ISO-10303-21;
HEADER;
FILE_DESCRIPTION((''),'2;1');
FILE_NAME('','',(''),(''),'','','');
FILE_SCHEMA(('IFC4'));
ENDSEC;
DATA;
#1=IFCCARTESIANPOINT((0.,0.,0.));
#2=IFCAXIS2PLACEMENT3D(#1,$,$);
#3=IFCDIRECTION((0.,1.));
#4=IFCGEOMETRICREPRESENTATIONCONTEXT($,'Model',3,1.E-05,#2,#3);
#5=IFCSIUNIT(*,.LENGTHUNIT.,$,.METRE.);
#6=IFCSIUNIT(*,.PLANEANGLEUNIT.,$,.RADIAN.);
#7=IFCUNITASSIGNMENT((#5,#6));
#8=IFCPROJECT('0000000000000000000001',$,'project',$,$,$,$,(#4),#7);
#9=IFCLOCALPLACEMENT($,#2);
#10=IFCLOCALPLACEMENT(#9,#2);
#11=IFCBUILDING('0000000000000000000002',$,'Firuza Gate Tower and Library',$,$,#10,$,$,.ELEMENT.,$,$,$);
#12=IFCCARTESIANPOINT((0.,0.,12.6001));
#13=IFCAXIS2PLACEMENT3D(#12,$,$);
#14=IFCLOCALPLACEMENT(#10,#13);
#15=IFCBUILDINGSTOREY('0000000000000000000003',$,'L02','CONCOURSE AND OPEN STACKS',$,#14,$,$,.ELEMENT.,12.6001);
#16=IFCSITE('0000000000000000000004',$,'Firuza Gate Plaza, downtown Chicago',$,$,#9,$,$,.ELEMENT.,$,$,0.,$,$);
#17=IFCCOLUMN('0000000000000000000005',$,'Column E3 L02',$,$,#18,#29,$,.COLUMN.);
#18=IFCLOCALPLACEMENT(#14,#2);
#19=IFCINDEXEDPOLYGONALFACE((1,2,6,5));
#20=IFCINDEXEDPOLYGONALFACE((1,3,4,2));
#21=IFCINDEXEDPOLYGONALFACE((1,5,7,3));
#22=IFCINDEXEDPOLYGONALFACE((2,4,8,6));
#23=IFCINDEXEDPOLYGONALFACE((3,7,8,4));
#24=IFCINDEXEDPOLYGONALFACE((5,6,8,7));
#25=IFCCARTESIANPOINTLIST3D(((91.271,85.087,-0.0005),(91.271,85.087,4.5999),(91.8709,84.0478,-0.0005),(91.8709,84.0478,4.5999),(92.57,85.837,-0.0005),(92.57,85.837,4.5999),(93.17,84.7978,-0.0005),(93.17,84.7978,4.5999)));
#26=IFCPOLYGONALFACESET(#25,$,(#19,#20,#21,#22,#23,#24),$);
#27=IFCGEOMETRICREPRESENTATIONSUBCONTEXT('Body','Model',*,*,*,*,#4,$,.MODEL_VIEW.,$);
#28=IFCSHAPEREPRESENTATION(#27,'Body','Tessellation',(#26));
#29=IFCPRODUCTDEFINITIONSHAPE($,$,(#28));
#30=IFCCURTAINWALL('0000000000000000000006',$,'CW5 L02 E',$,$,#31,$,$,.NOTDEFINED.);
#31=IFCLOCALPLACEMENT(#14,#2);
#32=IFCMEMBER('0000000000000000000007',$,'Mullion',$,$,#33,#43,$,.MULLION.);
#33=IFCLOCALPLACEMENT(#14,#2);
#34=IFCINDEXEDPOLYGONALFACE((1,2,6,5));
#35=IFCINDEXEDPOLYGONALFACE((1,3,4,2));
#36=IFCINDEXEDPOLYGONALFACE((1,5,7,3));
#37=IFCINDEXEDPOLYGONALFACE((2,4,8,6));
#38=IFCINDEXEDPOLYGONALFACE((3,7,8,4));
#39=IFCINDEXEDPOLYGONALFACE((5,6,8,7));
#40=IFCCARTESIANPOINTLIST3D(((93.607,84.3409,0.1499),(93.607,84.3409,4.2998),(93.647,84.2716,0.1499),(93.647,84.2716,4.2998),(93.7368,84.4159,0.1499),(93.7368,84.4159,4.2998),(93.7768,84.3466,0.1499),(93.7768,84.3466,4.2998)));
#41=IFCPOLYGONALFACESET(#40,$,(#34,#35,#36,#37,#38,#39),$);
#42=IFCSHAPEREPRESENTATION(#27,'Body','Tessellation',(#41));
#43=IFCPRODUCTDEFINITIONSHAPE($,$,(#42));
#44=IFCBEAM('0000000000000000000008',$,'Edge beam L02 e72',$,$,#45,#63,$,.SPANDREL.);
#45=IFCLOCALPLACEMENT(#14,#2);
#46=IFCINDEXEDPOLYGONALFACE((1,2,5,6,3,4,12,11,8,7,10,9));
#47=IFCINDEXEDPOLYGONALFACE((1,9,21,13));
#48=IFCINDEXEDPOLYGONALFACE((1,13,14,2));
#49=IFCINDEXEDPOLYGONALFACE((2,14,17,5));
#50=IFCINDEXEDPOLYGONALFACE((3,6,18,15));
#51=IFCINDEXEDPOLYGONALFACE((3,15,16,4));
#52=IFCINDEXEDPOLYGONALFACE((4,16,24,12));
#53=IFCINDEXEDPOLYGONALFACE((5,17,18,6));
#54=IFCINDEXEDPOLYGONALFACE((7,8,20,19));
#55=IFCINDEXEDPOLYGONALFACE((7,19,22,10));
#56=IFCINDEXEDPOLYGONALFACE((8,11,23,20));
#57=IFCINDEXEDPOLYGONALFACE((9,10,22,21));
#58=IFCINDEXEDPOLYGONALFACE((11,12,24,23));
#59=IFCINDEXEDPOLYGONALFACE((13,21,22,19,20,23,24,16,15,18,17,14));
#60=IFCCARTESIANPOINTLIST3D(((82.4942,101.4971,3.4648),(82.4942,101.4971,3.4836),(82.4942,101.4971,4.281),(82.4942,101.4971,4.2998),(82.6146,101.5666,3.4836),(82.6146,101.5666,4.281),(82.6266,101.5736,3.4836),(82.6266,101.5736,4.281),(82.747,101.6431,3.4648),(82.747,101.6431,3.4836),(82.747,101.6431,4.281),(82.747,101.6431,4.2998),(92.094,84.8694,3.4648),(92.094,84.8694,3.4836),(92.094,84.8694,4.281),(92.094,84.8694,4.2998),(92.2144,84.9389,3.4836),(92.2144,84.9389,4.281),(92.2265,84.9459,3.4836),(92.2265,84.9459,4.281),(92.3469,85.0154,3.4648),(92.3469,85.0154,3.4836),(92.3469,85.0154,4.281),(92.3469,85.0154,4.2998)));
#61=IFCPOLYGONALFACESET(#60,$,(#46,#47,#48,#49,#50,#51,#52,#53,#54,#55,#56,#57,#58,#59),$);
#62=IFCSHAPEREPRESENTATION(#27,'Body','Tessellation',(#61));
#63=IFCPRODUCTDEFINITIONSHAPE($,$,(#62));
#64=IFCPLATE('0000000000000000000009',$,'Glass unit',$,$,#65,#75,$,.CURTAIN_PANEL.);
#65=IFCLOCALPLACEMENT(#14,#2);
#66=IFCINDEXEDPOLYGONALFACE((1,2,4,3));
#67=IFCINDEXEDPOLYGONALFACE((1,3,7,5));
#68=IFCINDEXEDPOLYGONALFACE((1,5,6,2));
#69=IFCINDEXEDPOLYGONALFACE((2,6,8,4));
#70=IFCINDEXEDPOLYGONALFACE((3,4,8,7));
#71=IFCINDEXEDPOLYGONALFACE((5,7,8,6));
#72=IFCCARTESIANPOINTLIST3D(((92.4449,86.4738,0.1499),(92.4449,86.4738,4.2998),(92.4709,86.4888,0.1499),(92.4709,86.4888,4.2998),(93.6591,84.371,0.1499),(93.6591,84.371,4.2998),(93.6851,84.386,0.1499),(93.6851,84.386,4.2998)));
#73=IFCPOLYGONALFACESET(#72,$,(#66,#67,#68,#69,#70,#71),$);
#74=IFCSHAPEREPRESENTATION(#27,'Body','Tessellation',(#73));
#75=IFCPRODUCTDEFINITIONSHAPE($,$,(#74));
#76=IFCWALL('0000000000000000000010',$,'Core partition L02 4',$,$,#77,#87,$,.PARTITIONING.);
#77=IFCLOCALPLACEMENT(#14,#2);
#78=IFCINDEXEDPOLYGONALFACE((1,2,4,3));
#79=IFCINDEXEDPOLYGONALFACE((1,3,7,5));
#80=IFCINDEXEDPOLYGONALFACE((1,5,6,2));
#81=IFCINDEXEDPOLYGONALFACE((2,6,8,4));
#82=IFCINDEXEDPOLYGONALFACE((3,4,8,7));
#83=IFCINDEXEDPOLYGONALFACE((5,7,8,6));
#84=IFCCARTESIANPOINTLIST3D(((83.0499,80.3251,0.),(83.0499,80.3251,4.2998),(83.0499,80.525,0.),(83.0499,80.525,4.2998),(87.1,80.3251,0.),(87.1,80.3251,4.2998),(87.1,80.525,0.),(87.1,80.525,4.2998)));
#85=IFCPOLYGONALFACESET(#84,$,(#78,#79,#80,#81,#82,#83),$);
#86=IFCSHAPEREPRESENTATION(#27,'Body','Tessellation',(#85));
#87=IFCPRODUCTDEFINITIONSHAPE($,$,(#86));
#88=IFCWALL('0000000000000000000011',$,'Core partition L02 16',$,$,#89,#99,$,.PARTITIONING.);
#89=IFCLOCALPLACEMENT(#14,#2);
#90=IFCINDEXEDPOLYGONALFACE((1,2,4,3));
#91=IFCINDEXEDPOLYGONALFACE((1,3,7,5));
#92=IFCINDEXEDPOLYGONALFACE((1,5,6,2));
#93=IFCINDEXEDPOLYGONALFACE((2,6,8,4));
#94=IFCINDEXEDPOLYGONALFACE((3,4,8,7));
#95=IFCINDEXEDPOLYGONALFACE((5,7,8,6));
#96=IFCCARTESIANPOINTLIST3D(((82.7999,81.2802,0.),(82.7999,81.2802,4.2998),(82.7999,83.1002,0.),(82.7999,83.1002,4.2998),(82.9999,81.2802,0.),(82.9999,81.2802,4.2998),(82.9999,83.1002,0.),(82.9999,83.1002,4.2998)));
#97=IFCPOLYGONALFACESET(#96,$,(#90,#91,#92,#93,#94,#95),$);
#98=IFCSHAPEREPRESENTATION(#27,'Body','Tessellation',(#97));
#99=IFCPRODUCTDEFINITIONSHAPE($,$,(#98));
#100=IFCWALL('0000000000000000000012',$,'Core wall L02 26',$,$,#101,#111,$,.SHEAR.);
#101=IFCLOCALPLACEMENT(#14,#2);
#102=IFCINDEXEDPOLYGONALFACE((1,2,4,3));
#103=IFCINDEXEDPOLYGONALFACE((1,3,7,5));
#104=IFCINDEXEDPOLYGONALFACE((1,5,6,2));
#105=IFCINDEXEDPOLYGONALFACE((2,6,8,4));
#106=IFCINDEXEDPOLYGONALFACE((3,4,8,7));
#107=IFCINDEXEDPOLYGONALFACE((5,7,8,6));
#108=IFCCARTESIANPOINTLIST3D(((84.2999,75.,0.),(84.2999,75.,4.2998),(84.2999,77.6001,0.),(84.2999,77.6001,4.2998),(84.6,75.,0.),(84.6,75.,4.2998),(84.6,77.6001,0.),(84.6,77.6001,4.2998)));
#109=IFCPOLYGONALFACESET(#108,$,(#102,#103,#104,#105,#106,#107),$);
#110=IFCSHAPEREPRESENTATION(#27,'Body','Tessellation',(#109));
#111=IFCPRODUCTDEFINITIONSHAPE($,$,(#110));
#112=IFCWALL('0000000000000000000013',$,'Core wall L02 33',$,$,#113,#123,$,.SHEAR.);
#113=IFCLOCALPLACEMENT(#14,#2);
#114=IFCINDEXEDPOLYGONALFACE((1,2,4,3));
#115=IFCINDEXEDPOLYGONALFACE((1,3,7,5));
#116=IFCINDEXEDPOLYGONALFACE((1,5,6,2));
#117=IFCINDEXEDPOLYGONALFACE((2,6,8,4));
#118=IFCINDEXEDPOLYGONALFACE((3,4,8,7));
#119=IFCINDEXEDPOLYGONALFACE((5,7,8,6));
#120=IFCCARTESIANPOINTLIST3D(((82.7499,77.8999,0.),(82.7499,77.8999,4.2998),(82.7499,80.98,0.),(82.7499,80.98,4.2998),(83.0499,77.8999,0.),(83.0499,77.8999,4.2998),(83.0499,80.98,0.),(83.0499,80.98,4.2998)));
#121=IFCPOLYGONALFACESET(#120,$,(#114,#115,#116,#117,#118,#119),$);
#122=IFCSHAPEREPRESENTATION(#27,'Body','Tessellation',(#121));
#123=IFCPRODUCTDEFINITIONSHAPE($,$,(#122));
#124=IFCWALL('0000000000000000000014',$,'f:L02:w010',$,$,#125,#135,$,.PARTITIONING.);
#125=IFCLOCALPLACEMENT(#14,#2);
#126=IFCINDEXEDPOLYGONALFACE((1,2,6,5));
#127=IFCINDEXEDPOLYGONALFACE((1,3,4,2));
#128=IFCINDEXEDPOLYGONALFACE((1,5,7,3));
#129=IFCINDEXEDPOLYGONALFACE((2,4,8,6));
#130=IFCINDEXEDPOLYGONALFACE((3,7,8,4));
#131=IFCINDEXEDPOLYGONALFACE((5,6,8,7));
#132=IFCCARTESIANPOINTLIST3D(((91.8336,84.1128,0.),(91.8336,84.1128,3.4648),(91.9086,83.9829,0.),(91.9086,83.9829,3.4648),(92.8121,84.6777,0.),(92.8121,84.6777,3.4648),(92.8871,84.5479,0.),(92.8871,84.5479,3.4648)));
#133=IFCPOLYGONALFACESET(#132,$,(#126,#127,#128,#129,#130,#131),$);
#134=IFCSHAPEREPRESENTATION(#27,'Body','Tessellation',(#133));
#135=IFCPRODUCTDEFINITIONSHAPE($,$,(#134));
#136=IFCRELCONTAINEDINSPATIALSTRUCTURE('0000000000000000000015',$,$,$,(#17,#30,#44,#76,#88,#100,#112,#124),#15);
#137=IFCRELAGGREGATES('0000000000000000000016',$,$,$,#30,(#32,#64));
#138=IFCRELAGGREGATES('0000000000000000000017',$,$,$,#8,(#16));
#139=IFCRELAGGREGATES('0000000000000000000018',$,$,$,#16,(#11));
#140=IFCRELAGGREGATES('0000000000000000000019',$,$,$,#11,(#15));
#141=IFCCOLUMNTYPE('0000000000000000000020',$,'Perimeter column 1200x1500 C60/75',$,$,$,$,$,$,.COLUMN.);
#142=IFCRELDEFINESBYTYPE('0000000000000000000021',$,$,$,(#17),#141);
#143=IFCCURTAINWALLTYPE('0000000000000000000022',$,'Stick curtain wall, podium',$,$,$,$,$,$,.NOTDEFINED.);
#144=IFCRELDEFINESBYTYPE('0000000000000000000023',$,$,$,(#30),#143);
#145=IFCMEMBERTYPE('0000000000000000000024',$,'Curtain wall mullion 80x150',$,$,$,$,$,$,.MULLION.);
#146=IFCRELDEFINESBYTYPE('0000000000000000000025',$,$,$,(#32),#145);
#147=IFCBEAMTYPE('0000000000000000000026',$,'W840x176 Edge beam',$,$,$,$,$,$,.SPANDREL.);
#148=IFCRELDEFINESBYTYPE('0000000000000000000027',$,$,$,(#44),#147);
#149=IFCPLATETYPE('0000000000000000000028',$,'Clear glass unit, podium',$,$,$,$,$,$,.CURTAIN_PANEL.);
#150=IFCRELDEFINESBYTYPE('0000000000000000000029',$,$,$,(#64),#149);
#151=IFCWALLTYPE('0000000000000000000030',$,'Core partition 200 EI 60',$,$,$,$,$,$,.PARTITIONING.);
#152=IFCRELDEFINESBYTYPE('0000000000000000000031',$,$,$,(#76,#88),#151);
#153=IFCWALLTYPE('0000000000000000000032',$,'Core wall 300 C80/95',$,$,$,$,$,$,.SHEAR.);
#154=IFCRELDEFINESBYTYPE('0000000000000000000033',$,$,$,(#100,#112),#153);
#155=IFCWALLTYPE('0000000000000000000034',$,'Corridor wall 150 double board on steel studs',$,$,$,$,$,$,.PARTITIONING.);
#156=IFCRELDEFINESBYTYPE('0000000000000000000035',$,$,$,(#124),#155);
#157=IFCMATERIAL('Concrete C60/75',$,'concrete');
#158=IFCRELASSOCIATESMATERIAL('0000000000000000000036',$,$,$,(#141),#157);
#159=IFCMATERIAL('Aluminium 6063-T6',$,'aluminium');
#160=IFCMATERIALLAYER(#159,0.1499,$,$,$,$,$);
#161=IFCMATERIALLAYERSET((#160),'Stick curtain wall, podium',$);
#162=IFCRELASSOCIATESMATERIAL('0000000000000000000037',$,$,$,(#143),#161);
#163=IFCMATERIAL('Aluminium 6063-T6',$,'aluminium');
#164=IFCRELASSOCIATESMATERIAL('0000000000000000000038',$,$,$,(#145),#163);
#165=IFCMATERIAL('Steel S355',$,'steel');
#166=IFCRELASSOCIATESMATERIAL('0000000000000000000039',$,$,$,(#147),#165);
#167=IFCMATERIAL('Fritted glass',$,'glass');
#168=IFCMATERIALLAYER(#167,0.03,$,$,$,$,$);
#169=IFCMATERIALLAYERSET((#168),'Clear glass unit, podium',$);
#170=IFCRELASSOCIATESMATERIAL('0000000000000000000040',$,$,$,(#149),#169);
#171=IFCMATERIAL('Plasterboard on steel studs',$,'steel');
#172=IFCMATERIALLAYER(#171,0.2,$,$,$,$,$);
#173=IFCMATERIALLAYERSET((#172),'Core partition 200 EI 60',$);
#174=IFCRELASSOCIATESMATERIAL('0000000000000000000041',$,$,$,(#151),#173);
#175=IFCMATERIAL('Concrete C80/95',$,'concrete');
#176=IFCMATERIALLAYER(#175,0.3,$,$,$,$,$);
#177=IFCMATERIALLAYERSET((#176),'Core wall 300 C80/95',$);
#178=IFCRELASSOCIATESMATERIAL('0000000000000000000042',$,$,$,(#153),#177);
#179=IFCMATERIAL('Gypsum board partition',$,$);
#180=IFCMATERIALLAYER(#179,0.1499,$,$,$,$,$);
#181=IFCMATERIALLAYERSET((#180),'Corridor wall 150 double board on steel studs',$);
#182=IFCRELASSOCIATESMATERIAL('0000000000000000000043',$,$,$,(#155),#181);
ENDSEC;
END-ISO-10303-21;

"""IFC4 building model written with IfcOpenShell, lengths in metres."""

from ifc_helpers import new_model, si_unit, direction, frame, frame_2d, origin, origin_2d, place, context, subcontext, project, spatial, polyline, rectangle, i_section, outline, extrude, material, layer, layer_set, material_profile, profile_set, type_object, element, aggregate, save


model = new_model("IFC4")

# Units and contexts
model_context = context("Model", 3, precision=1e-05, world=origin(), true_north=direction((0.0, 1.0)))
body_context = subcontext(model_context, "Body", "Model", "MODEL_VIEW")
ifc_project = project(units=[si_unit("LENGTHUNIT", "METRE"), si_unit("PLANEANGLEUNIT", "RADIAN")], contexts=[model_context])

# Site, building, storey
site_placement = place(None, origin())
site = spatial("IfcSite", under=ifc_project, at=site_placement, Name="Firuza Gate Plaza, downtown Chicago", CompositionType="ELEMENT", RefElevation=0.0)
building_placement = place(site_placement, origin())
building = spatial("IfcBuilding", under=site, at=building_placement, Name="Firuza Gate Tower and Library", CompositionType="ELEMENT")
storey_placement = place(building_placement, frame((0.0, 0.0, 12.6001)))
storey = spatial("IfcBuildingStorey", under=building, at=storey_placement, Name="L02", Description="CONCOURSE AND OPEN STACKS", CompositionType="ELEMENT", Elevation=12.6001)

# Column
ifc_material_1 = material(Name="Concrete C60/75", Category="concrete")
ifc_material_profile_1 = material_profile(ifc_material_1, rectangle(XDim=1.2, YDim=1.5, at=origin_2d()))
ifc_profile_set_1 = profile_set([ifc_material_profile_1], Name="Concrete C60/75")
column_type = type_object("IfcColumnType", Name="Perimeter column 1200x1500 C60/75", PredefinedType="COLUMN", material=ifc_profile_set_1)
column_placement = place(storey_placement, frame((92.2205, 84.9424, -0.0005), z_axis=(0.0, 0.0, 1.0), x_axis=(-0.5, 0.866025, 0.0)))
element("IfcColumn", 1, at=column_placement, inside=storey, type_object=column_type, Name="Column E3 L02", PredefinedType="COLUMN", context=body_context, shape_type="SweptSolid", body=[
    extrude(rectangle(XDim=1.2, YDim=1.5, at=origin_2d()), origin(), (0.0, 0.0, 1.0), 4.6003),
])

# Curtain wall, member
ifc_material_2 = material(Name="Aluminium 6063-T6", Category="aluminium")
ifc_layer_1 = layer(ifc_material_2, 0.1499)
ifc_layer_set_1 = layer_set([ifc_layer_1], Name="Stick curtain wall, podium")
curtain_wall_type = type_object("IfcCurtainWallType", Name="Stick curtain wall, podium", PredefinedType="NOTDEFINED", material=ifc_layer_set_1)
curtain_wall_placement = place(storey_placement, origin())
curtain_wall = element("IfcCurtainWall", 2, at=curtain_wall_placement, inside=storey, type_object=curtain_wall_type, Name="CW5 L02 E", PredefinedType="NOTDEFINED")
ifc_material_3 = material(Name="Aluminium 6063-T6", Category="aluminium")
ifc_material_profile_2 = material_profile(ifc_material_3, rectangle(XDim=0.1499, YDim=0.0801, at=origin_2d()))
ifc_profile_set_2 = profile_set([ifc_material_profile_2], Name="Aluminium 6063-T6")
member_type = type_object("IfcMemberType", Name="Curtain wall mullion 80x150", PredefinedType="MULLION", material=ifc_profile_set_2)
member_placement = place(storey_placement, frame((93.6919, 84.3438, 0.1499), z_axis=(0.0, 0.0, 1.0), x_axis=(-0.866025, -0.5, 0.0)))
member = element("IfcMember", 3, at=member_placement, type_object=member_type, Name="Mullion", PredefinedType="MULLION", context=body_context, shape_type="SweptSolid", body=[
    extrude(rectangle(XDim=0.1499, YDim=0.0801, at=origin_2d()), origin(), (0.0, 0.0, 1.0), 4.1499),
])

# Beam
ifc_material_4 = material(Name="Steel S355", Category="steel")
ifc_material_profile_3 = material_profile(ifc_material_4, i_section(OverallWidth=0.292, OverallDepth=0.835, WebThickness=0.0139, FlangeThickness=0.0188, at=origin_2d()))
ifc_profile_set_3 = profile_set([ifc_material_profile_3], Name="Steel S355")
beam_type = type_object("IfcBeamType", Name="W840x176 Edge beam", PredefinedType="SPANDREL", material=ifc_profile_set_3)
beam_placement = place(storey_placement, frame((92.2205, 84.9424, 3.8823), z_axis=(-0.499994, 0.866029, 0.0), x_axis=(-0.866029, -0.499994, 0.0)))
element("IfcBeam", 4, at=beam_placement, inside=storey, type_object=beam_type, Name="Edge beam L02 e72", PredefinedType="SPANDREL", context=body_context, shape_type="SweptSolid", body=[
    extrude(i_section(OverallWidth=0.292, OverallDepth=0.835, WebThickness=0.0139, FlangeThickness=0.0188, at=origin_2d()), origin(), (0.0, 0.0, 1.0), 19.2),
])

# Plate
ifc_material_5 = material(Name="Fritted glass", Category="glass")
ifc_layer_2 = layer(ifc_material_5, 0.03)
ifc_layer_set_2 = layer_set([ifc_layer_2], Name="Clear glass unit, podium")
plate_type = type_object("IfcPlateType", Name="Clear glass unit, podium", PredefinedType="CURTAIN_PANEL", material=ifc_layer_set_2)
plate_placement = place(storey_placement, frame((93.6851, 84.386, 0.1499), z_axis=(0.866013, 0.500021, 0.0), x_axis=(-0.500021, 0.866013, 0.0)))
plate = element("IfcPlate", 5, at=plate_placement, type_object=plate_type, Name="Glass unit", PredefinedType="CURTAIN_PANEL", context=body_context, shape_type="SweptSolid", body=[
    extrude(outline(polyline([(0.0, 0.0), (2.4281, 0.0), (2.4281, 4.1499), (0.0, 4.1499), (0.0, 0.0)])), origin(), (0.0, 0.0, -1.0), 0.03),
])
aggregate(curtain_wall, [member, plate])

# Walls
ifc_material_6 = material(Name="Plasterboard on steel studs", Category="steel")
ifc_layer_3 = layer(ifc_material_6, 0.2)
ifc_layer_set_3 = layer_set([ifc_layer_3], Name="Core partition 200 EI 60")
wall_type_1 = type_object("IfcWallType", Name="Core partition 200 EI 60", PredefinedType="PARTITIONING", material=ifc_layer_set_3)
wall_1_placement = place(storey_placement, frame((83.05, 80.425, 0.0), z_axis=(0.0, 0.0, 1.0), x_axis=(1.0, 0.0, 0.0)))
element("IfcWall", 6, at=wall_1_placement, inside=storey, type_object=wall_type_1, Name="Core partition L02 4", PredefinedType="PARTITIONING", context=body_context, shape_type="SweptSolid", body=[
    extrude(rectangle(XDim=4.05, YDim=0.2, at=frame_2d((2.0249, 0.0))), origin(), (0.0, 0.0, 1.0), 4.2998),
])
wall_2_placement = place(storey_placement, frame((82.8999, 81.28, 0.0), z_axis=(0.0, 0.0, 1.0), x_axis=(0.0, 1.0, 0.0)))
element("IfcWall", 7, at=wall_2_placement, inside=storey, type_object=wall_type_1, Name="Core partition L02 16", PredefinedType="PARTITIONING", context=body_context, shape_type="SweptSolid", body=[
    extrude(rectangle(XDim=1.8201, YDim=0.2, at=frame_2d((0.9102, 0.0))), origin(), (0.0, 0.0, 1.0), 4.2998),
])
ifc_material_7 = material(Name="Concrete C80/95", Category="concrete")
ifc_layer_4 = layer(ifc_material_7, 0.3)
ifc_layer_set_4 = layer_set([ifc_layer_4], Name="Core wall 300 C80/95")
wall_type_2 = type_object("IfcWallType", Name="Core wall 300 C80/95", PredefinedType="SHEAR", material=ifc_layer_set_4)
wall_3_placement = place(storey_placement, frame((84.45, 75.0, 0.0), z_axis=(0.0, 0.0, 1.0), x_axis=(0.0, 1.0, 0.0)))
element("IfcWall", 8, at=wall_3_placement, inside=storey, type_object=wall_type_2, Name="Core wall L02 26", PredefinedType="SHEAR", context=body_context, shape_type="SweptSolid", body=[
    extrude(rectangle(XDim=2.6001, YDim=0.3, at=frame_2d((1.3, 0.0))), origin(), (0.0, 0.0, 1.0), 4.2998),
])
wall_4_placement = place(storey_placement, frame((82.8999, 77.8999, 0.0), z_axis=(0.0, 0.0, 1.0), x_axis=(0.0, 1.0, 0.0)))
element("IfcWall", 9, at=wall_4_placement, inside=storey, type_object=wall_type_2, Name="Core wall L02 33", PredefinedType="SHEAR", context=body_context, shape_type="SweptSolid", body=[
    extrude(rectangle(XDim=3.0801, YDim=0.3, at=frame_2d((1.54, 0.0))), origin(), (0.0, 0.0, 1.0), 4.2998),
])
ifc_material_8 = material(Name="Gypsum board partition")
ifc_layer_5 = layer(ifc_material_8, 0.1499)
ifc_layer_set_5 = layer_set([ifc_layer_5], Name="Corridor wall 150 double board on steel studs")
wall_type_3 = type_object("IfcWallType", Name="Corridor wall 150 double board on steel studs", PredefinedType="PARTITIONING", material=ifc_layer_set_5)
wall_5_placement = place(storey_placement, frame((91.8711, 84.0479, 0.0), z_axis=(0.0, 0.0, 1.0), x_axis=(0.866027, 0.499997, 0.0)))
element("IfcWall", 10, at=wall_5_placement, inside=storey, type_object=wall_type_3, Name="f:L02:w010", PredefinedType="PARTITIONING", context=body_context, shape_type="SweptSolid", body=[
    extrude(rectangle(XDim=1.1299, YDim=0.1499, at=frame_2d((0.5649, 0.0))), origin(), (0.0, 0.0, 1.0), 3.4648),
])

save(model, "model.ifc")
